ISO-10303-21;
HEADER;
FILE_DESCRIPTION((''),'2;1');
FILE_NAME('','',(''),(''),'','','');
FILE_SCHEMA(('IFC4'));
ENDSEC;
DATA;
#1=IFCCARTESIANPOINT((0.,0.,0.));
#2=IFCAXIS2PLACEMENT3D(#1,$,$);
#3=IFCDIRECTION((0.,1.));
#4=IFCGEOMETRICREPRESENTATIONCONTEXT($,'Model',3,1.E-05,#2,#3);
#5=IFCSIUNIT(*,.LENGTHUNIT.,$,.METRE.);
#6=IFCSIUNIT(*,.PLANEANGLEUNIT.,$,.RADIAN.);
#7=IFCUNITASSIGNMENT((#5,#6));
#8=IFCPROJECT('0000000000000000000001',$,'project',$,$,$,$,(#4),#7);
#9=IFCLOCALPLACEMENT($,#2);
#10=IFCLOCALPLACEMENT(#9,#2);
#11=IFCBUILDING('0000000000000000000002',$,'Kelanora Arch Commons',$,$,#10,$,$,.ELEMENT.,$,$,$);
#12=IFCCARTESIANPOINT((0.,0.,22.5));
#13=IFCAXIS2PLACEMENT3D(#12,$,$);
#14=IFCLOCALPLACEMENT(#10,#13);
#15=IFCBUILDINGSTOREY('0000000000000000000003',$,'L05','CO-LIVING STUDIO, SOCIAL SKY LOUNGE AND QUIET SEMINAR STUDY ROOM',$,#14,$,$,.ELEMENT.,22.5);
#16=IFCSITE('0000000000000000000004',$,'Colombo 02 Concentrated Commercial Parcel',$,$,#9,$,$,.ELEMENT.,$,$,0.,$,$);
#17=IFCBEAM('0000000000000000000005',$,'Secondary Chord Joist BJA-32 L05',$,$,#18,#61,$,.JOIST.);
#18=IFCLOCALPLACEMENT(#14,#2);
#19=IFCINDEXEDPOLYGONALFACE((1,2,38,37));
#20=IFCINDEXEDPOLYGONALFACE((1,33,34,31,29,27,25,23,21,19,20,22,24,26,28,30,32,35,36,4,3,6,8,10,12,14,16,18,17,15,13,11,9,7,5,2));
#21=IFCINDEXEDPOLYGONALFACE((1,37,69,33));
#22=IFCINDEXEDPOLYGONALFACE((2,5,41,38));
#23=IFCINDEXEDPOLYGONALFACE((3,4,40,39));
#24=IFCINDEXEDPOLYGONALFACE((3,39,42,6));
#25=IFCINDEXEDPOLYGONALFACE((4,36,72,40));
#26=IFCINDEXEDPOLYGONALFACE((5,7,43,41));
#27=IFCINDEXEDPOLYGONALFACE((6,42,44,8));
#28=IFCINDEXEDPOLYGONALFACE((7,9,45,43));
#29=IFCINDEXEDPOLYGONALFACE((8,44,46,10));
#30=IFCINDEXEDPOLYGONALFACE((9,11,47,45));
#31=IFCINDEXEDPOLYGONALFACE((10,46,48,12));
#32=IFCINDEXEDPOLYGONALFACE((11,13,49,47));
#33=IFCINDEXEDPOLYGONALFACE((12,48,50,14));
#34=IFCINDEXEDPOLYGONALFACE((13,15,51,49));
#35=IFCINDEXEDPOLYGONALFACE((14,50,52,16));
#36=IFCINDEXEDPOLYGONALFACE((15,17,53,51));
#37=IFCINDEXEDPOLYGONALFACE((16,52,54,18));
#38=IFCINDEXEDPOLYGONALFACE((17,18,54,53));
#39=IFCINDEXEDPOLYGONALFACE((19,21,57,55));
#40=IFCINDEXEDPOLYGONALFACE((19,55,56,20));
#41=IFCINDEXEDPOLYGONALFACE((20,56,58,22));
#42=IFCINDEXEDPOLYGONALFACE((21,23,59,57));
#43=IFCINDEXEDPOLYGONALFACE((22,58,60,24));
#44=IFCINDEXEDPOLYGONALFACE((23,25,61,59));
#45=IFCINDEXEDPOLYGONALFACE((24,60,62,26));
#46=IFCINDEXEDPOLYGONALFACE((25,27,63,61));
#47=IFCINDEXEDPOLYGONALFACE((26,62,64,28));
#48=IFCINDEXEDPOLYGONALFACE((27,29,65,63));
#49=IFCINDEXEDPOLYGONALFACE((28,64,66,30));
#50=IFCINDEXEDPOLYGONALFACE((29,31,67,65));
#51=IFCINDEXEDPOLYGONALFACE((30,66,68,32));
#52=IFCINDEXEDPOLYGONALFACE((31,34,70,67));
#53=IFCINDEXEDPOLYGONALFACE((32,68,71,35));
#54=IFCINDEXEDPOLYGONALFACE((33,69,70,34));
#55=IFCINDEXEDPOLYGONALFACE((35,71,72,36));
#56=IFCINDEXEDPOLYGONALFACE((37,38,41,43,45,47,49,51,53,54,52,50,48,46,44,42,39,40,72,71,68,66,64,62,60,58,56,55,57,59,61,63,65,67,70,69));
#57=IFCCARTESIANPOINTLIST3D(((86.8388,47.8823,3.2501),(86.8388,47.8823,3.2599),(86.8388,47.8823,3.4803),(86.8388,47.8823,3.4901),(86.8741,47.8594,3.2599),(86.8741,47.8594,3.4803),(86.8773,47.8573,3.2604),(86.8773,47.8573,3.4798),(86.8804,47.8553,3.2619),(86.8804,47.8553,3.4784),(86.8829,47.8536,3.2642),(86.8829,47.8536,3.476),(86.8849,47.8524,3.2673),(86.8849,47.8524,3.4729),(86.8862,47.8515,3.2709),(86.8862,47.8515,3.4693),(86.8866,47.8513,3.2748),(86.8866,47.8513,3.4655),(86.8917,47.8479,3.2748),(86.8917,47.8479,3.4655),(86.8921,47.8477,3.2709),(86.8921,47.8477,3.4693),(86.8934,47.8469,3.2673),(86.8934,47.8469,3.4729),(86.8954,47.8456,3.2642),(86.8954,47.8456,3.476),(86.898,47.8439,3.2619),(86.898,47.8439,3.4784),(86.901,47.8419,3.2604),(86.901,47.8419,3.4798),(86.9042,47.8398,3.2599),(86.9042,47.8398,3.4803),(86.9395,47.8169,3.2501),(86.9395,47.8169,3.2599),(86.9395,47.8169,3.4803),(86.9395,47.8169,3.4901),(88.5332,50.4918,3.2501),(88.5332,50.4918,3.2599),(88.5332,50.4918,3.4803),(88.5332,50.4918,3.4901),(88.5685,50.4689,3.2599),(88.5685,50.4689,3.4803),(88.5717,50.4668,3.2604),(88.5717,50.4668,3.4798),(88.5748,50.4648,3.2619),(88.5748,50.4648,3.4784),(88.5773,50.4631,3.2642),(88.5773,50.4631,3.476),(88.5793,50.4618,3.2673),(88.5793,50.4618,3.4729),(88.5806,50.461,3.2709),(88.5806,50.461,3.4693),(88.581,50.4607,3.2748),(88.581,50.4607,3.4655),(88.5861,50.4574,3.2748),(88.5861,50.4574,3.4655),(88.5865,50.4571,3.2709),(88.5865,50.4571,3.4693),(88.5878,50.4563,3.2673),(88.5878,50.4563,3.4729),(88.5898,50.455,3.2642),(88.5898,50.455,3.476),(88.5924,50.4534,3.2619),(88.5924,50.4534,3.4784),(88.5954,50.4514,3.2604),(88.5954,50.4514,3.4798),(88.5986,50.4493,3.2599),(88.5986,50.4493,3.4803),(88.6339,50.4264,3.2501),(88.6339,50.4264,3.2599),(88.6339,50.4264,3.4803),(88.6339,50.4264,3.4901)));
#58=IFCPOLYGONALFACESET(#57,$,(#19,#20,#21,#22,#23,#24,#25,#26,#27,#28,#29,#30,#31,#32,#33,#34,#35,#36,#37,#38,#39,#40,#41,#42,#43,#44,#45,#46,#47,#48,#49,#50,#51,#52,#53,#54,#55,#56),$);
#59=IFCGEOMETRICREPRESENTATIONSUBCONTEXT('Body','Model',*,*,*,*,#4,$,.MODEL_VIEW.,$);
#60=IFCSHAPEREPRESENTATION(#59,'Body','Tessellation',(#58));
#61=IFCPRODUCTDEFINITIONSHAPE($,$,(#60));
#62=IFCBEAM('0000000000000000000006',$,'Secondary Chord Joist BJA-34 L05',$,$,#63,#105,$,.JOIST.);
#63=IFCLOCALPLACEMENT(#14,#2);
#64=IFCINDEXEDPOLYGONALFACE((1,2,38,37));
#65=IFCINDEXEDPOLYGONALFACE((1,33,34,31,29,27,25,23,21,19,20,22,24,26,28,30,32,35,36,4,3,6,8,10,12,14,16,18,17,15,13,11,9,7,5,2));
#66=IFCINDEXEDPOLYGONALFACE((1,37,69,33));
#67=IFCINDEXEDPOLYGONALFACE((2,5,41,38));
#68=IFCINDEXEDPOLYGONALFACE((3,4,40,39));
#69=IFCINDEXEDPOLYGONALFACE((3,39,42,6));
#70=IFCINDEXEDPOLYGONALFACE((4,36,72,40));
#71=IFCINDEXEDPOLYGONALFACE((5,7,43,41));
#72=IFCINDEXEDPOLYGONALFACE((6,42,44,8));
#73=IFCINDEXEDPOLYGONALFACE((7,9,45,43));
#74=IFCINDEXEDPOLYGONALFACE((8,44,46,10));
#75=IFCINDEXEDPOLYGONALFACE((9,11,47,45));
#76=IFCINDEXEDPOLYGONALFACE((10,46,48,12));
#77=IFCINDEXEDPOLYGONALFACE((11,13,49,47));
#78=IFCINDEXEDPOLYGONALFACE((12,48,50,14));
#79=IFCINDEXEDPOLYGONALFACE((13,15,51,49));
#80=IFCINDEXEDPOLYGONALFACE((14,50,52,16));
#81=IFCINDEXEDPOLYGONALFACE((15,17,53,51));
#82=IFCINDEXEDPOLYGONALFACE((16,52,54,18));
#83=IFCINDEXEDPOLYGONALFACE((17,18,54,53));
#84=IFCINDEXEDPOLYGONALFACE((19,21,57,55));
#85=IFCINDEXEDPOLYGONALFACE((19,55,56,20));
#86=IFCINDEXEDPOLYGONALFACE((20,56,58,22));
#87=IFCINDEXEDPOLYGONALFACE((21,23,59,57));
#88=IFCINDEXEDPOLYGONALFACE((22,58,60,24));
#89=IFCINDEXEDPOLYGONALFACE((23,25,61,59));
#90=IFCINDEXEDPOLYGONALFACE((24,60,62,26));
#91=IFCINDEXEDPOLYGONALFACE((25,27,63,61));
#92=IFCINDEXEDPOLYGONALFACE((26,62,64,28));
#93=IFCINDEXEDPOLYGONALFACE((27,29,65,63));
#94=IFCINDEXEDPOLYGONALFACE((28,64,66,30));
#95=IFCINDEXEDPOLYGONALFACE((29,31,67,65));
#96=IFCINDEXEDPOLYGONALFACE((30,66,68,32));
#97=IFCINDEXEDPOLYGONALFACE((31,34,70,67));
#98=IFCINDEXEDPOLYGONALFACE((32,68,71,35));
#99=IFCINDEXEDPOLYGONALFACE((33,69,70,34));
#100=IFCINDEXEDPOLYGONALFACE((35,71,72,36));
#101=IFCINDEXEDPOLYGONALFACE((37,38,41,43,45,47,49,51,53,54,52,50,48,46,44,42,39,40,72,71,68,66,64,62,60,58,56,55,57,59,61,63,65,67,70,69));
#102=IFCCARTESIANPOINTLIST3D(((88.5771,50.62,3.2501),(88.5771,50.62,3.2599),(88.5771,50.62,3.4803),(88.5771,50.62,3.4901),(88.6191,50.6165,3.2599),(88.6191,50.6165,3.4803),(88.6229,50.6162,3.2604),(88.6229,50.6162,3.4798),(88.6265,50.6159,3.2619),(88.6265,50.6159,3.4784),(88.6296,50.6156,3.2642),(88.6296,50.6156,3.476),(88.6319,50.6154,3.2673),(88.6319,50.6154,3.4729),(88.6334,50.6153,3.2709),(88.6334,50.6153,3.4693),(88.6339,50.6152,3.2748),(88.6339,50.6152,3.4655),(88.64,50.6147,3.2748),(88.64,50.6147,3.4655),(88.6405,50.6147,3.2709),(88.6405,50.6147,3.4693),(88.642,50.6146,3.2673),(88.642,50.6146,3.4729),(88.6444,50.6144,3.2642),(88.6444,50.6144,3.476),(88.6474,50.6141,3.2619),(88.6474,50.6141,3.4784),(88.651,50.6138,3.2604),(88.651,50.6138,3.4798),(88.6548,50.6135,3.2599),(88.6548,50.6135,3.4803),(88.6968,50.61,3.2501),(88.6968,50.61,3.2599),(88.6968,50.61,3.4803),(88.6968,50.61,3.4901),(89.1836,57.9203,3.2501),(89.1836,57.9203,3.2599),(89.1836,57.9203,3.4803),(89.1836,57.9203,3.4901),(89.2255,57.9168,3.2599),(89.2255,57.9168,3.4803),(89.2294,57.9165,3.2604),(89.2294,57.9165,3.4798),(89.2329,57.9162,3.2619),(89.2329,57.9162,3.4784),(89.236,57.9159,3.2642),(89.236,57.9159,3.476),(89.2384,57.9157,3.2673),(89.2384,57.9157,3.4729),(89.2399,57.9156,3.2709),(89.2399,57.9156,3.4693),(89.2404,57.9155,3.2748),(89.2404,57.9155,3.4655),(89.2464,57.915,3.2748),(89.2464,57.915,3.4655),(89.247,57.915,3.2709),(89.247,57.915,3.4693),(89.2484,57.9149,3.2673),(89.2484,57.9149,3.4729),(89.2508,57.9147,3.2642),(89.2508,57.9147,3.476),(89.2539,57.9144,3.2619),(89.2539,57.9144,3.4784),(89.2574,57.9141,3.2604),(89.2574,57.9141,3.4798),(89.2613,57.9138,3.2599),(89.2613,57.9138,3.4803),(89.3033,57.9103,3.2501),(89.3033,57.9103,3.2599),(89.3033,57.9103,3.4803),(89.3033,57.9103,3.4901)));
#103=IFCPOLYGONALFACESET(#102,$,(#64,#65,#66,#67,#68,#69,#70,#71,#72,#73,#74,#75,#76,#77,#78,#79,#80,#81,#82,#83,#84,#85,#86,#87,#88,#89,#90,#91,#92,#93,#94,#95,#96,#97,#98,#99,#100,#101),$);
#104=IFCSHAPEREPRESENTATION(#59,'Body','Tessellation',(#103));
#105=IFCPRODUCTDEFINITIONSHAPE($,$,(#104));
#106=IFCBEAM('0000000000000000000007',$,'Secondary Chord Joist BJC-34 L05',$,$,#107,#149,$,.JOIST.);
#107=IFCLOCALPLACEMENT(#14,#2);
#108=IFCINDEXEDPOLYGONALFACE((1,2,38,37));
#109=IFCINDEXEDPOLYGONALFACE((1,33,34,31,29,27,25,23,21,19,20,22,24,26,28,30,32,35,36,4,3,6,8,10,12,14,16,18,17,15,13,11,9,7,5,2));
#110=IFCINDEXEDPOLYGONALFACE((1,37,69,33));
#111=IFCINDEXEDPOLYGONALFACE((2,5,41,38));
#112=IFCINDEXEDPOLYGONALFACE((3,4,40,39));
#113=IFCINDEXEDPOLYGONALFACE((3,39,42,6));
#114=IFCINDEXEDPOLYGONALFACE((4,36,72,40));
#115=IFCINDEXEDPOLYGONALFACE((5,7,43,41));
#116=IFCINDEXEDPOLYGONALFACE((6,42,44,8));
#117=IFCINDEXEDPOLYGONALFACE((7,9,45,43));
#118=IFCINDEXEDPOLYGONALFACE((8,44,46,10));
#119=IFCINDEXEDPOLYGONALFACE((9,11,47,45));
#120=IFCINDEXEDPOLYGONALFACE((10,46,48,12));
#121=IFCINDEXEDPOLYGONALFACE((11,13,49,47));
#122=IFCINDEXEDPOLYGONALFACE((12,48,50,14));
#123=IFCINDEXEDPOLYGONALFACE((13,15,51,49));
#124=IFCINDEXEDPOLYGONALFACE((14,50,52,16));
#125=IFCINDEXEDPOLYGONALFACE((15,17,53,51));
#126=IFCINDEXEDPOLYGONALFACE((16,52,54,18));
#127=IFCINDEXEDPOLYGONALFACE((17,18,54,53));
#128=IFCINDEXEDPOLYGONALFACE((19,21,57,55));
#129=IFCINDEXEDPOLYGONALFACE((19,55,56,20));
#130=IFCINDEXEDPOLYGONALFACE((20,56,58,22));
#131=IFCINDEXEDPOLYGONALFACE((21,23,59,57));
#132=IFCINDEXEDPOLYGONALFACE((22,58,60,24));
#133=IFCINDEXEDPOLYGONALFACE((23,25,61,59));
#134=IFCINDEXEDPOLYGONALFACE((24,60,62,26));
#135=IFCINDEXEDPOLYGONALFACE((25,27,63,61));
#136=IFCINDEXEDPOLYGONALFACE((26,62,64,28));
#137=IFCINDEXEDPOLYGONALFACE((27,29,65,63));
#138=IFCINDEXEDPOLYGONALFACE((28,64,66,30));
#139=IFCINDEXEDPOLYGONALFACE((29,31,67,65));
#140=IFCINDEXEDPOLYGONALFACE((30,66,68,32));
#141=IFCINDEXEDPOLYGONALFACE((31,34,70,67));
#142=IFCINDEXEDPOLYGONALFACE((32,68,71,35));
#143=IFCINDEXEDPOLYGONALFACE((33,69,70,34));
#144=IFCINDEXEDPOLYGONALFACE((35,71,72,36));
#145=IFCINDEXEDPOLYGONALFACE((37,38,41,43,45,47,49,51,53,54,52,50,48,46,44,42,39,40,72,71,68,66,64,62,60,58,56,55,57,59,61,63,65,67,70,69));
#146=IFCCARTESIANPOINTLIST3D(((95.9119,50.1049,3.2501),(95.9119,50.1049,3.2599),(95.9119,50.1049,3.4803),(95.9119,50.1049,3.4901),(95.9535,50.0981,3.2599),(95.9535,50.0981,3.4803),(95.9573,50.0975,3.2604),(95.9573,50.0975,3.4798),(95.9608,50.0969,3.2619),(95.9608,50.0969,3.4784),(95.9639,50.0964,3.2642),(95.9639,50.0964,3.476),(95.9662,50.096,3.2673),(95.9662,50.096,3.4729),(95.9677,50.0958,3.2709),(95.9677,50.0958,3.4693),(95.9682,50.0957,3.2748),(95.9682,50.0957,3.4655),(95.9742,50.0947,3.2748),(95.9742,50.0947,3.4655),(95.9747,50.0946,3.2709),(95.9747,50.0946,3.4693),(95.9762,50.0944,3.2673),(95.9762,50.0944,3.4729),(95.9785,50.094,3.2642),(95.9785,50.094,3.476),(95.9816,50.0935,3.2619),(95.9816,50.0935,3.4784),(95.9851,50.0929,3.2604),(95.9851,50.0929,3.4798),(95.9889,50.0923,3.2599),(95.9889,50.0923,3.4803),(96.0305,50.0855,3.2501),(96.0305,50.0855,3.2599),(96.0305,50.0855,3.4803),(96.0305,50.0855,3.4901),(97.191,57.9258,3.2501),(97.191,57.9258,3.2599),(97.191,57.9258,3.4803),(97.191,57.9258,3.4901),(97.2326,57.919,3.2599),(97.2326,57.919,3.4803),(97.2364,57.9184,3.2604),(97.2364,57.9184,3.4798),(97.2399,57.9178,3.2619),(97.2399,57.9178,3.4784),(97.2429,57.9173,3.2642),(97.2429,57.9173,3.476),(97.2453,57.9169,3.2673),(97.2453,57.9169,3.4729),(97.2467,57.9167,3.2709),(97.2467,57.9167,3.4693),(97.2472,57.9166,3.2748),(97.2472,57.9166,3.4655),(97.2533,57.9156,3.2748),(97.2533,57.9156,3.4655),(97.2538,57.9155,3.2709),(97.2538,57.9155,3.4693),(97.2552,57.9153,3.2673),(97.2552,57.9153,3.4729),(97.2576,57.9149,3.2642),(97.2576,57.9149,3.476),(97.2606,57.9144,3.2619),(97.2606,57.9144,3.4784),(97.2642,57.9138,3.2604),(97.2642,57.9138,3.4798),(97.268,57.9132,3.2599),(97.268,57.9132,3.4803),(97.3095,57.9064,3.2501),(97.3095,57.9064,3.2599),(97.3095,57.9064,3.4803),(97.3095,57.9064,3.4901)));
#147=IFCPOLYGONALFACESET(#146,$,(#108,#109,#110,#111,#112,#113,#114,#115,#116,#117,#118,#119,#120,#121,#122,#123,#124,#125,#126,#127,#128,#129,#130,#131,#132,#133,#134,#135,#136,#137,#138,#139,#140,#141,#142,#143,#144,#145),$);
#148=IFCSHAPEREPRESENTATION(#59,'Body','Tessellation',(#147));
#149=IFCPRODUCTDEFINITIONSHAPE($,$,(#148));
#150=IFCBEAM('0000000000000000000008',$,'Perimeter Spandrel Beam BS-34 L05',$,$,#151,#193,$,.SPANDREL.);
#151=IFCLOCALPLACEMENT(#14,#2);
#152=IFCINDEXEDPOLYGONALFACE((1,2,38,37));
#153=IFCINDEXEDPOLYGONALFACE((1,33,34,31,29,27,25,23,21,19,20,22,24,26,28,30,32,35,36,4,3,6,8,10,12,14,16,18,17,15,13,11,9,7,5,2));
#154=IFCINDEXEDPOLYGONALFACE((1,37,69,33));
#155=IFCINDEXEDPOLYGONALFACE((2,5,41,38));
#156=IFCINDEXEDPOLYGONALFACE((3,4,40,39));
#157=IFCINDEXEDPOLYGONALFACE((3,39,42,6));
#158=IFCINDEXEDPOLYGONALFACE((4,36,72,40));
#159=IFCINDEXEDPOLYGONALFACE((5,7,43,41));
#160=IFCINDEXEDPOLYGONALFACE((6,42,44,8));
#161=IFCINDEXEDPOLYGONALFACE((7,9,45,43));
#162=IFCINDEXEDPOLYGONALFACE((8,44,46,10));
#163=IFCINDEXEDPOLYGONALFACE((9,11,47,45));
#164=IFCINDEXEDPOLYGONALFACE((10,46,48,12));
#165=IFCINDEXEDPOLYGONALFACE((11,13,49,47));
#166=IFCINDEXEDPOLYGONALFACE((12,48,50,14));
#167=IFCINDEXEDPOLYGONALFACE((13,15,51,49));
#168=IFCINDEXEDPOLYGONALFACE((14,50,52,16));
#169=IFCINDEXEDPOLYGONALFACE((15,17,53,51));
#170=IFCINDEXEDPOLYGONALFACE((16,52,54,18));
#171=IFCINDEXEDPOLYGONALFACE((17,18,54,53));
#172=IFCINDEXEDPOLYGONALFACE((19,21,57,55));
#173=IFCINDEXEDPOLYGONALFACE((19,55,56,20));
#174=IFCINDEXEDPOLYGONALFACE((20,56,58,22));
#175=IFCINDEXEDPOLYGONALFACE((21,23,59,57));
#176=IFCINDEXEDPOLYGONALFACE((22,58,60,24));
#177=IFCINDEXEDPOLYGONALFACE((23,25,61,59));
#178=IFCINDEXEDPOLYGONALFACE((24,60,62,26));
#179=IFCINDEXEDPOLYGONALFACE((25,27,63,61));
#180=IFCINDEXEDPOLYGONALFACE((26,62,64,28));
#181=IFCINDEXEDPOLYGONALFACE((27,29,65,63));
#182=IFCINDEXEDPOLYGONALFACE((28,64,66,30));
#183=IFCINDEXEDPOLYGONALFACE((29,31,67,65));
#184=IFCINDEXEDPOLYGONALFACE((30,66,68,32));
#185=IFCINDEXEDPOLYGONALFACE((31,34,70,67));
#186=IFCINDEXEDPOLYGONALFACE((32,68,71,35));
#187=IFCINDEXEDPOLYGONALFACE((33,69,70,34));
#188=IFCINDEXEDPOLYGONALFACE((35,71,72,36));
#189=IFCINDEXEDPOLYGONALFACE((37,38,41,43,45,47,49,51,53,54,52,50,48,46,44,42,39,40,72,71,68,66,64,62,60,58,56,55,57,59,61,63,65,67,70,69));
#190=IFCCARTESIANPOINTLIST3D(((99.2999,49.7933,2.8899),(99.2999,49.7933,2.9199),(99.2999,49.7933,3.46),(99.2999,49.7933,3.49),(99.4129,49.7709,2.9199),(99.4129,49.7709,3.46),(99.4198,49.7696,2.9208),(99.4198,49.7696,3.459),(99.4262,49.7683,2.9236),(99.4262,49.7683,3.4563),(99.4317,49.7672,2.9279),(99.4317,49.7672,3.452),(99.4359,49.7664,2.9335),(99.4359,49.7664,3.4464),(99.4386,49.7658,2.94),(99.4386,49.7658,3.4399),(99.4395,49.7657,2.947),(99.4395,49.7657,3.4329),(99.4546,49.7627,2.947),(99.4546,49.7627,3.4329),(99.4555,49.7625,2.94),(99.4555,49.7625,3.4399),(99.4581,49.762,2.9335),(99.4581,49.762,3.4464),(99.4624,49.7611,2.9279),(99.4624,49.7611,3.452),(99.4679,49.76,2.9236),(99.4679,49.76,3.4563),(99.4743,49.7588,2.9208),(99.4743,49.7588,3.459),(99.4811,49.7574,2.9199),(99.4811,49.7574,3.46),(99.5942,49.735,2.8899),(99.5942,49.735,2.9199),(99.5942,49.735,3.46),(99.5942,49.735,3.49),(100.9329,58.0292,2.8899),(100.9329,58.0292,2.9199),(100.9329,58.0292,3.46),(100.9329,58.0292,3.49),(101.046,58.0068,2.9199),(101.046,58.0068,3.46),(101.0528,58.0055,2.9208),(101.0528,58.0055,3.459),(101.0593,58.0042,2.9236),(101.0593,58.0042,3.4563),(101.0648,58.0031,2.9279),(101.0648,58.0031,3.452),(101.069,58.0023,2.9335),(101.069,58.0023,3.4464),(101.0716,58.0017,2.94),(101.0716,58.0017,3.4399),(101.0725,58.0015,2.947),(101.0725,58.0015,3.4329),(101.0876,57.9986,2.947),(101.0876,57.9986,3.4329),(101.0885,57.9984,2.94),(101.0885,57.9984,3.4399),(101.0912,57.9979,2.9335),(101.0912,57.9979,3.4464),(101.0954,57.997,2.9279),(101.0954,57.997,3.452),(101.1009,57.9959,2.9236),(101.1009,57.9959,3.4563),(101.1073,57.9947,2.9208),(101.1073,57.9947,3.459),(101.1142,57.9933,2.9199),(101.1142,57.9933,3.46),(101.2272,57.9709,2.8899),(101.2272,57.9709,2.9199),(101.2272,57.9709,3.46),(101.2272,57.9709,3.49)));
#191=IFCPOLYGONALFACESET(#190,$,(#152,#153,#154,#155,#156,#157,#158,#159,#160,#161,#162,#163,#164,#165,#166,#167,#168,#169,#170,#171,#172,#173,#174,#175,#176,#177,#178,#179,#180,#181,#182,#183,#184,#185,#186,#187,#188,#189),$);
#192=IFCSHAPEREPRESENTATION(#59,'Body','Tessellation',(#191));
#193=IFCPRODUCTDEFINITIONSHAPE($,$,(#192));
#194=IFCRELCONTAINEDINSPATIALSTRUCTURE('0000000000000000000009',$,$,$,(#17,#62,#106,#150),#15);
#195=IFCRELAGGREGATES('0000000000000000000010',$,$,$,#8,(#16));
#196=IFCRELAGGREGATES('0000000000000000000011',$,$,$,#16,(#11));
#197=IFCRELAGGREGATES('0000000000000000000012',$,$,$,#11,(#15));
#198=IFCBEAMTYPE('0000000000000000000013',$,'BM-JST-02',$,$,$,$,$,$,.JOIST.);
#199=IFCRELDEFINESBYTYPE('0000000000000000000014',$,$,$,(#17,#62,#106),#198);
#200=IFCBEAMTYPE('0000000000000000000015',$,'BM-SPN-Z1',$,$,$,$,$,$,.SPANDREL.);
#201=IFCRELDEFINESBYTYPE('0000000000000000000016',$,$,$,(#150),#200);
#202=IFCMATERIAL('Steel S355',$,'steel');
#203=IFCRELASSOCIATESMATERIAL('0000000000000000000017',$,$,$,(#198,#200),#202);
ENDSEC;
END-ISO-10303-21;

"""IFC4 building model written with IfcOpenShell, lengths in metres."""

from ifc_helpers import new_model, si_unit, direction, frame, origin, origin_2d, place, context, subcontext, project, spatial, i_section, extrude, material, material_profile, profile_set, type_object, element, save


model = new_model("IFC4")

# Units and contexts
model_context = context("Model", 3, precision=1e-05, world=origin(), true_north=direction((0.0, 1.0)))
body_context = subcontext(model_context, "Body", "Model", "MODEL_VIEW")
ifc_project = project(units=[si_unit("LENGTHUNIT", "METRE"), si_unit("PLANEANGLEUNIT", "RADIAN")], contexts=[model_context])

# Site, building, storey
site_placement = place(None, origin())
site = spatial("IfcSite", under=ifc_project, at=site_placement, Name="Colombo 02 Concentrated Commercial Parcel", CompositionType="ELEMENT", RefElevation=0.0)
building_placement = place(site_placement, origin())
building = spatial("IfcBuilding", under=site, at=building_placement, Name="Kelanora Arch Commons", CompositionType="ELEMENT")
storey_placement = place(building_placement, frame((0.0, 0.0, 22.5)))
storey = spatial("IfcBuildingStorey", under=building, at=storey_placement, Name="L05", Description="CO-LIVING STUDIO, SOCIAL SKY LOUNGE AND QUIET SEMINAR STUDY ROOM", CompositionType="ELEMENT", Elevation=22.5)

# Beams
ifc_material_1 = material(Name="Steel S355", Category="steel")
ifc_material_profile_1 = material_profile(ifc_material_1, i_section(OverallWidth=0.1201, OverallDepth=0.24, WebThickness=0.0061, FlangeThickness=0.0098, FilletRadius=0.0149, at=origin_2d()), Name="IPE240")
ifc_profile_set_1 = profile_set([ifc_material_profile_1], Name="Steel S355")
beam_type_1 = type_object("IfcBeamType", Name="BM-JST-02", PredefinedType="JOIST", material=ifc_profile_set_1)
beam_1_placement = place(storey_placement, frame((86.8892, 47.8496, 3.3701), z_axis=(0.544591, 0.838702, 0.0), x_axis=(-0.838702, 0.544591, 0.0)))
element("IfcBeam", 1, at=beam_1_placement, inside=storey, type_object=beam_type_1, Name="Secondary Chord Joist BJA-32 L05", PredefinedType="JOIST", context=body_context, shape_type="SweptSolid", body=[
    extrude(i_section(OverallWidth=0.1201, OverallDepth=0.24, WebThickness=0.0061, FlangeThickness=0.0098, FilletRadius=0.0149, at=origin_2d()), origin(), (0.0, 0.0, 1.0), 3.1113),
])
beam_2_placement = place(storey_placement, frame((88.637, 50.615, 3.3701), z_axis=(0.082786, 0.996567, 0.0), x_axis=(-0.996567, 0.082786, 0.0)))
element("IfcBeam", 2, at=beam_2_placement, inside=storey, type_object=beam_type_1, Name="Secondary Chord Joist BJA-34 L05", PredefinedType="JOIST", context=body_context, shape_type="SweptSolid", body=[
    extrude(i_section(OverallWidth=0.1201, OverallDepth=0.24, WebThickness=0.0061, FlangeThickness=0.0098, FilletRadius=0.0149, at=origin_2d()), origin(), (0.0, 0.0, 1.0), 7.3254),
])
beam_3_placement = place(storey_placement, frame((95.9712, 50.0952, 3.3701), z_axis=(0.161401, 0.986889, 0.0), x_axis=(-0.986889, 0.161401, 0.0)))
element("IfcBeam", 3, at=beam_3_placement, inside=storey, type_object=beam_type_1, Name="Secondary Chord Joist BJC-34 L05", PredefinedType="JOIST", context=body_context, shape_type="SweptSolid", body=[
    extrude(i_section(OverallWidth=0.1201, OverallDepth=0.24, WebThickness=0.0061, FlangeThickness=0.0098, FilletRadius=0.0149, at=origin_2d()), origin(), (0.0, 0.0, 1.0), 7.9248),
])
ifc_material_profile_2 = material_profile(ifc_material_1, i_section(OverallWidth=0.3, OverallDepth=0.6001, WebThickness=0.0154, FlangeThickness=0.03, FilletRadius=0.0271, at=origin_2d()), Name="HEB600")
ifc_profile_set_2 = profile_set([ifc_material_profile_2], Name="Steel S355")
beam_type_2 = type_object("IfcBeamType", Name="BM-SPN-Z1", PredefinedType="SPANDREL", material=ifc_profile_set_2)
beam_4_placement = place(storey_placement, frame((99.447, 49.7642, 3.1899), z_axis=(0.1945, 0.980903, 0.0), x_axis=(-0.980903, 0.1945, 0.0)))
element("IfcBeam", 4, at=beam_4_placement, inside=storey, type_object=beam_type_2, Name="Perimeter Spandrel Beam BS-34 L05", PredefinedType="SPANDREL", context=body_context, shape_type="SweptSolid", body=[
    extrude(i_section(OverallWidth=0.3, OverallDepth=0.6001, WebThickness=0.0154, FlangeThickness=0.03, FilletRadius=0.0271, at=origin_2d()), origin(), (0.0, 0.0, 1.0), 8.3962),
])

save(model, "model.ifc")
